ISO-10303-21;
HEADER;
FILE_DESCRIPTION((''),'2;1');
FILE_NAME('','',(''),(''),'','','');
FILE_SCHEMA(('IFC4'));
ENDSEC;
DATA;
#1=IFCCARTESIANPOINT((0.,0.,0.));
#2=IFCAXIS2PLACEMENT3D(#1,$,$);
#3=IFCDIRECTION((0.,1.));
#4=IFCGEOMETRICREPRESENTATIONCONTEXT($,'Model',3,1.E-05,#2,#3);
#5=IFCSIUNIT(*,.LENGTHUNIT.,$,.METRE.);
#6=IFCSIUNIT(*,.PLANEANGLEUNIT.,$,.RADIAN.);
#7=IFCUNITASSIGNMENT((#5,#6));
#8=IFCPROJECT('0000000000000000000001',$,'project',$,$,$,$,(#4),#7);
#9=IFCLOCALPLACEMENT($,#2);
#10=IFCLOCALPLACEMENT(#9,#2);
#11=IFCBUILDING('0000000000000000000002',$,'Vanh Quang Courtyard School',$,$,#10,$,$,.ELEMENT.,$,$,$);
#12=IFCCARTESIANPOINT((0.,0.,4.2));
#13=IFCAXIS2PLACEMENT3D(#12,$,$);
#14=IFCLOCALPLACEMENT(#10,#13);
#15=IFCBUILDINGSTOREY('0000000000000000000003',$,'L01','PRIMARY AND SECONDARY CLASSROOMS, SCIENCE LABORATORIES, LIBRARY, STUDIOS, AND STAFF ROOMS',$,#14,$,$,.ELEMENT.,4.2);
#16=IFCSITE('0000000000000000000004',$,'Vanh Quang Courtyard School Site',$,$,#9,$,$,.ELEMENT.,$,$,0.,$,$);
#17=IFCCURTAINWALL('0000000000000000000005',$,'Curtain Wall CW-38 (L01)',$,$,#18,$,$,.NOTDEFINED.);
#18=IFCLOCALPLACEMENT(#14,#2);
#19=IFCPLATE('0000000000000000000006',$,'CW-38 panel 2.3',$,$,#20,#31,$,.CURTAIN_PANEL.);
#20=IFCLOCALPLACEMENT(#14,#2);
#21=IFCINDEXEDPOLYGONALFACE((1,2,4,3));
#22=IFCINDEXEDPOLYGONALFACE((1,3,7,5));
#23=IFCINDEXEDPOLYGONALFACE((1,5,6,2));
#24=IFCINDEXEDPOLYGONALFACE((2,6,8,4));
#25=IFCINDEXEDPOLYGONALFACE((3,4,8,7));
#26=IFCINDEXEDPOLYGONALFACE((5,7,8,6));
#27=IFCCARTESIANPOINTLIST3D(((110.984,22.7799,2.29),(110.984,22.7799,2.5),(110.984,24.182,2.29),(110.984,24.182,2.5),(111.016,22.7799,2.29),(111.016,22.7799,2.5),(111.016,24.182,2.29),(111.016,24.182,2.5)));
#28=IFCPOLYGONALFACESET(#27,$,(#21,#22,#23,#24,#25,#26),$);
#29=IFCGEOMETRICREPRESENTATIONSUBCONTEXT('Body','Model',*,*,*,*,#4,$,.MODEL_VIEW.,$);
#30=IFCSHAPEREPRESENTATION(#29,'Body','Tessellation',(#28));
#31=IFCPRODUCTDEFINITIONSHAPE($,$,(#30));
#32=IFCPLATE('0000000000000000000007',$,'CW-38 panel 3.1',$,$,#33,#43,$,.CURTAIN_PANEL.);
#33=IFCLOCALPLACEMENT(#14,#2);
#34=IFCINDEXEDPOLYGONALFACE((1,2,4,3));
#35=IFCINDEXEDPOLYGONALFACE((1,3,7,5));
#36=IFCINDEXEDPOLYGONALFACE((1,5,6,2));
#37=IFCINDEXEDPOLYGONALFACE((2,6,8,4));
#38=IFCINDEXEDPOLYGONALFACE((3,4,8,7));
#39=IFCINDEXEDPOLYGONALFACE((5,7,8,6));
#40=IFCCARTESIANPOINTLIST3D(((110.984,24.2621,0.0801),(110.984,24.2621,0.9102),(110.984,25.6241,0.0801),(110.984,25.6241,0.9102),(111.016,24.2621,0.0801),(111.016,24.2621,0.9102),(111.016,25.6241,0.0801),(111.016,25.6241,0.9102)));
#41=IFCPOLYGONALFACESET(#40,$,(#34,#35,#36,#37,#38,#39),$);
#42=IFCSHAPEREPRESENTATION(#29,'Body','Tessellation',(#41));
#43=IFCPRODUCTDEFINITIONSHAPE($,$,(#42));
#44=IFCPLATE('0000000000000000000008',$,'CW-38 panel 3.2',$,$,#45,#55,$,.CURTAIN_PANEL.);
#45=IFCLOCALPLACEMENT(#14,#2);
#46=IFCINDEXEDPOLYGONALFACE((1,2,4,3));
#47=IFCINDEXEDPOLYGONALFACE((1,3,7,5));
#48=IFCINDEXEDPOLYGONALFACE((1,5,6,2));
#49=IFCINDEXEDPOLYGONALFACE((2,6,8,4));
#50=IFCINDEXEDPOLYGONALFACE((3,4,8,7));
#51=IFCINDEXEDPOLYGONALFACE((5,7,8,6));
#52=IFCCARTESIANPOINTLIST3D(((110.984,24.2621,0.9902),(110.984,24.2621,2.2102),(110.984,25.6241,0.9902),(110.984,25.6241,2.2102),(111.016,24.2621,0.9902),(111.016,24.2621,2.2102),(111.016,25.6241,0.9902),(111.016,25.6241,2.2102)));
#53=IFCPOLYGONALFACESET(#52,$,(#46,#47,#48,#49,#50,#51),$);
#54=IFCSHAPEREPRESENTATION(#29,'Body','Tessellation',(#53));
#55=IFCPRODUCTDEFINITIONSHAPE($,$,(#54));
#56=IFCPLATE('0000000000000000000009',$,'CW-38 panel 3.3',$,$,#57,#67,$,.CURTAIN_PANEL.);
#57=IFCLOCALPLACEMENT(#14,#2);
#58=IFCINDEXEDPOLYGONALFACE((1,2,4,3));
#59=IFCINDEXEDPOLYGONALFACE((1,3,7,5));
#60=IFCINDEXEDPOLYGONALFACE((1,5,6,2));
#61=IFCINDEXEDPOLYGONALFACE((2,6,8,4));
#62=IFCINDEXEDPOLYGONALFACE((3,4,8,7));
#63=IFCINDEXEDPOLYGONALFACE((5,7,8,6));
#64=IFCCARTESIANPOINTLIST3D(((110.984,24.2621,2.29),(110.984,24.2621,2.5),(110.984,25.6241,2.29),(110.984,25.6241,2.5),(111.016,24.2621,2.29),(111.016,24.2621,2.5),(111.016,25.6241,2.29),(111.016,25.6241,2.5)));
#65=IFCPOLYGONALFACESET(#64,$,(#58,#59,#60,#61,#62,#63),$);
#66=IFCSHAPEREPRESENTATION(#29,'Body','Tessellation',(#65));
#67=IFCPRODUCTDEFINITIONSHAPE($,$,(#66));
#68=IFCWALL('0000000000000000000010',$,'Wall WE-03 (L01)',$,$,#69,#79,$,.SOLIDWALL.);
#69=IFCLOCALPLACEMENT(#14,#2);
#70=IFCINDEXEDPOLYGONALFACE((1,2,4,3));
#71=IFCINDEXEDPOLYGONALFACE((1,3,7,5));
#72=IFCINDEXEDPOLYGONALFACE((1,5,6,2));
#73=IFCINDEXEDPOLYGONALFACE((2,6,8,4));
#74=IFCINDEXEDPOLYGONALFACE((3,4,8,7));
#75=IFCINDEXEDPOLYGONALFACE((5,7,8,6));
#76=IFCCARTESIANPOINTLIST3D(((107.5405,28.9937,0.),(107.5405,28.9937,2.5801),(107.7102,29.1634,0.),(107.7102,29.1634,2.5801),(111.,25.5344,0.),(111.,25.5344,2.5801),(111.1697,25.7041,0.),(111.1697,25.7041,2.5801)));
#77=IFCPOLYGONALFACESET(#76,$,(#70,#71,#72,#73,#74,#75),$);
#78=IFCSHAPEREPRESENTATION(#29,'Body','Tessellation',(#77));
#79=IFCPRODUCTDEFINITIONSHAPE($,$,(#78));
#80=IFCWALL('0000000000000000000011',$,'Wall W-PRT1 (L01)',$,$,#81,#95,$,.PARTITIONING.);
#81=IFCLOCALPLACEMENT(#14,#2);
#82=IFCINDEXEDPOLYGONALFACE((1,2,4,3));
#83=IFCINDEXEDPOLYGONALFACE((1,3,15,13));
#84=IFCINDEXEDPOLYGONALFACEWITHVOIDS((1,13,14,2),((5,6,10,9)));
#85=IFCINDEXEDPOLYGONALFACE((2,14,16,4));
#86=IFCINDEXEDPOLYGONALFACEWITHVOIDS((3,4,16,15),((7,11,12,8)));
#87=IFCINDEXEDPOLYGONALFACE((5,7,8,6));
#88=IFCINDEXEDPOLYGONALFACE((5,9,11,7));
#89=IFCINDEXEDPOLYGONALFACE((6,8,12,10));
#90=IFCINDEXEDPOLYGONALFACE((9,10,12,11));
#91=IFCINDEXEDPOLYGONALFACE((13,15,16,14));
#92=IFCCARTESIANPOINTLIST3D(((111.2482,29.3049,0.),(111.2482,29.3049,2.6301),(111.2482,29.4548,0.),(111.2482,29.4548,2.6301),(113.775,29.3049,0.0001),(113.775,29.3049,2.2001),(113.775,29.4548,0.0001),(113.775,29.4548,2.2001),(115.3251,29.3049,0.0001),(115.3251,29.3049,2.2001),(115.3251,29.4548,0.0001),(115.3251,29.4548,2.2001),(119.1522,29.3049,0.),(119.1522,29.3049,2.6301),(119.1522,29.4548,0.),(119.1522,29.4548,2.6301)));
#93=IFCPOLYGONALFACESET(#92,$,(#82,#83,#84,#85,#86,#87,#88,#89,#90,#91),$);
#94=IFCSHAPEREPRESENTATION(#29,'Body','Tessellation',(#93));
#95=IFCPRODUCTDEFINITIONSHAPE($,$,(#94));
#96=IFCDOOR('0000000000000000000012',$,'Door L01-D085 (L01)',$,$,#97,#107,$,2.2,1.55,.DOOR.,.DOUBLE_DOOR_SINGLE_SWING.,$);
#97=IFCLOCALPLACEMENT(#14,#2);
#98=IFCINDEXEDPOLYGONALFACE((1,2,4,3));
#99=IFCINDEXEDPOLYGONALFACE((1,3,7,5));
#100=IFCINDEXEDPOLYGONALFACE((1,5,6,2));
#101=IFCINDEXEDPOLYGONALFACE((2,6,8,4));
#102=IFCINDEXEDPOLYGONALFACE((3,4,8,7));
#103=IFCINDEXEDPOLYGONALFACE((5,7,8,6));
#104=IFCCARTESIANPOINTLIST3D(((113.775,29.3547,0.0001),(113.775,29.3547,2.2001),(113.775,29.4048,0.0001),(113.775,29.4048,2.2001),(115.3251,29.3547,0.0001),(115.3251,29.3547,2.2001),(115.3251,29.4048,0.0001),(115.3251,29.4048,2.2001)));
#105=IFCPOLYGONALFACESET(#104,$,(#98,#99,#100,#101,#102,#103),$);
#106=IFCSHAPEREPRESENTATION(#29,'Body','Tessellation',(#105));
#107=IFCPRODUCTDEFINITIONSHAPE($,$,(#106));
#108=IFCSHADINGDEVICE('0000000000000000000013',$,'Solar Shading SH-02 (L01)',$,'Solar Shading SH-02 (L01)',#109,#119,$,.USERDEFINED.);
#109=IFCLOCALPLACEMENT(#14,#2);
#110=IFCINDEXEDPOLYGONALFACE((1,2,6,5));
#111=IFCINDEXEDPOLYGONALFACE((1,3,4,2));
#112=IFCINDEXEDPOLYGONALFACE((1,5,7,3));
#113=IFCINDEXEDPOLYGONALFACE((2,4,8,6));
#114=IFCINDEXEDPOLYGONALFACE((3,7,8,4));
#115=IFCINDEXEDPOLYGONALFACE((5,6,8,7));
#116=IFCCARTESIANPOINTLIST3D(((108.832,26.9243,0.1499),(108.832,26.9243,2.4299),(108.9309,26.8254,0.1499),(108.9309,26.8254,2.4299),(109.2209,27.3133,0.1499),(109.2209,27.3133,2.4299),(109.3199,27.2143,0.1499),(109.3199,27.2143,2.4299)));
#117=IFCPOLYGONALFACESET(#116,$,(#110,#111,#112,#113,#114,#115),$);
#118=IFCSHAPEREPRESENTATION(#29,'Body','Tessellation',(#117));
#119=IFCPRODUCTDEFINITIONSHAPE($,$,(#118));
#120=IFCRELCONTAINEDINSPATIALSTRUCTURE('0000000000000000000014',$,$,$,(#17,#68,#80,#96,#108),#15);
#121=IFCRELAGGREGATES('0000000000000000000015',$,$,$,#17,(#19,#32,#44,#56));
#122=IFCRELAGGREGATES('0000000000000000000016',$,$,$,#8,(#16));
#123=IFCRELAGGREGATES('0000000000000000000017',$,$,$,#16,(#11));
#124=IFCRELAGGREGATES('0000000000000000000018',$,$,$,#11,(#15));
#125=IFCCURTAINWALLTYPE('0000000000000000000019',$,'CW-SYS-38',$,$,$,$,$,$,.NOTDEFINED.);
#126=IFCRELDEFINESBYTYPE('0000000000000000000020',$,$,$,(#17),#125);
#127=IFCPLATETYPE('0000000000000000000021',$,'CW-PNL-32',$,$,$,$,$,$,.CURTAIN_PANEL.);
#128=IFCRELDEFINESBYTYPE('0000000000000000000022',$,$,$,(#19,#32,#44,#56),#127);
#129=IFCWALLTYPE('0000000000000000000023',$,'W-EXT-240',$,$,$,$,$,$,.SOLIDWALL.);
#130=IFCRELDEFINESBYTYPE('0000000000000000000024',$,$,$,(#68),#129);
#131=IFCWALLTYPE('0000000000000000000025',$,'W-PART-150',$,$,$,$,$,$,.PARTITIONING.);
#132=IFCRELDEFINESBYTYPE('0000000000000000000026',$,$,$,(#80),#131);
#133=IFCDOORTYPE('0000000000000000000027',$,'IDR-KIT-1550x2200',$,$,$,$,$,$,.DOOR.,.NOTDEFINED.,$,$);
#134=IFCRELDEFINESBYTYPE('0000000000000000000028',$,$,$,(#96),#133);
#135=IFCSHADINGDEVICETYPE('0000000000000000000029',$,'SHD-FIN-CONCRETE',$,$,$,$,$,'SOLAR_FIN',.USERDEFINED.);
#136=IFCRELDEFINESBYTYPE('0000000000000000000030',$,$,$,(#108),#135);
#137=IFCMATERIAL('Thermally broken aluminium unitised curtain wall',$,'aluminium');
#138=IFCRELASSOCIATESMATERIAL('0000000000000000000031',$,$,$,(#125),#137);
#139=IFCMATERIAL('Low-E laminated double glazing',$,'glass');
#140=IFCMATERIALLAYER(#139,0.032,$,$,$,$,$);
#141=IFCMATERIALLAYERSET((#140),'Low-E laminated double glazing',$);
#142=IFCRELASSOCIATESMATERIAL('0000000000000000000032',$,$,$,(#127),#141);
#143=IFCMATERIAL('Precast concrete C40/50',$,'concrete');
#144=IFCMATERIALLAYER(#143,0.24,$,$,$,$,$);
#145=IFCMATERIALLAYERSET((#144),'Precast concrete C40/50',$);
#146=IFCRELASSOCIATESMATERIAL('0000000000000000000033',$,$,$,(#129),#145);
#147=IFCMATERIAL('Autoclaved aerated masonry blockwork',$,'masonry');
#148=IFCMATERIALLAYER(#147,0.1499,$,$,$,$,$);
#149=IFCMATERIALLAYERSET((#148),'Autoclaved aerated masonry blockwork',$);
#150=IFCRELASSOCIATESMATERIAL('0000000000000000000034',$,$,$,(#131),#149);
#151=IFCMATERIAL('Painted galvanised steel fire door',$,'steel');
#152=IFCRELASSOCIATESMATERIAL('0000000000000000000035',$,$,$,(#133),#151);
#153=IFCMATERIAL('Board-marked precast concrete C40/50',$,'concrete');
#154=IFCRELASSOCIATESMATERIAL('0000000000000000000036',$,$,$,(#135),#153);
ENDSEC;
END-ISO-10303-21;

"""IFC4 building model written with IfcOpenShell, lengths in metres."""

from ifc_helpers import new_model, si_unit, direction, frame, frame_2d, origin, origin_2d, place, context, subcontext, project, spatial, rectangle, extrude, material, layer, layer_set, type_object, element, fill, aggregate, save


model = new_model("IFC4")

# Units and contexts
model_context = context("Model", 3, precision=1e-05, world=origin(), true_north=direction((0.0, 1.0)))
body_context = subcontext(model_context, "Body", "Model", "MODEL_VIEW")
ifc_project = project(units=[si_unit("LENGTHUNIT", "METRE"), si_unit("PLANEANGLEUNIT", "RADIAN")], contexts=[model_context])

# Site, building, storey
site_placement = place(None, origin())
site = spatial("IfcSite", under=ifc_project, at=site_placement, Name="Vanh Quang Courtyard School Site", CompositionType="ELEMENT", RefElevation=0.0)
building_placement = place(site_placement, origin())
building = spatial("IfcBuilding", under=site, at=building_placement, Name="Vanh Quang Courtyard School", CompositionType="ELEMENT")
storey_placement = place(building_placement, frame((0.0, 0.0, 4.2)))
storey = spatial("IfcBuildingStorey", under=building, at=storey_placement, Name="L01", Description="PRIMARY AND SECONDARY CLASSROOMS, SCIENCE LABORATORIES, LIBRARY, STUDIOS, AND STAFF ROOMS", CompositionType="ELEMENT", Elevation=4.2)

# Curtain wall
ifc_material_1 = material(Name="Thermally broken aluminium unitised curtain wall", Category="aluminium")
curtain_wall_type = type_object("IfcCurtainWallType", Name="CW-SYS-38", PredefinedType="NOTDEFINED", material=ifc_material_1)
curtain_wall_placement = place(storey_placement, origin())
curtain_wall = element("IfcCurtainWall", 1, at=curtain_wall_placement, inside=storey, type_object=curtain_wall_type, Name="Curtain Wall CW-38 (L01)", PredefinedType="NOTDEFINED")

# Plates
ifc_material_2 = material(Name="Low-E laminated double glazing", Category="glass")
ifc_layer_1 = layer(ifc_material_2, 0.032)
ifc_layer_set_1 = layer_set([ifc_layer_1], Name="Low-E laminated double glazing")
plate_type = type_object("IfcPlateType", Name="CW-PNL-32", PredefinedType="CURTAIN_PANEL", material=ifc_layer_set_1)
plate_1_placement = place(storey_placement, frame((111.0, 23.481, 2.29), z_axis=(0.0, 0.0, 1.0), x_axis=(0.0, 1.0, 0.0)))
plate_1 = element("IfcPlate", 2, at=plate_1_placement, type_object=plate_type, Name="CW-38 panel 2.3", PredefinedType="CURTAIN_PANEL", context=body_context, shape_type="SweptSolid", body=[
    extrude(rectangle(XDim=1.4021, YDim=0.032, at=origin_2d()), origin(), (0.0, 0.0, 1.0), 0.21),
])
plate_2_placement = place(storey_placement, frame((111.0, 24.9431, 0.0801), z_axis=(0.0, 0.0, 1.0), x_axis=(0.0, 1.0, 0.0)))
plate_2 = element("IfcPlate", 3, at=plate_2_placement, type_object=plate_type, Name="CW-38 panel 3.1", PredefinedType="CURTAIN_PANEL", context=body_context, shape_type="SweptSolid", body=[
    extrude(rectangle(XDim=1.3621, YDim=0.032, at=origin_2d()), origin(), (0.0, 0.0, 1.0), 0.8301),
])
plate_3_placement = place(storey_placement, frame((111.0, 24.9431, 0.9902), z_axis=(0.0, 0.0, 1.0), x_axis=(0.0, 1.0, 0.0)))
plate_3 = element("IfcPlate", 4, at=plate_3_placement, type_object=plate_type, Name="CW-38 panel 3.2", PredefinedType="CURTAIN_PANEL", context=body_context, shape_type="SweptSolid", body=[
    extrude(rectangle(XDim=1.3621, YDim=0.032, at=origin_2d()), origin(), (0.0, 0.0, 1.0), 1.22),
])
plate_4_placement = place(storey_placement, frame((111.0, 24.9431, 2.29), z_axis=(0.0, 0.0, 1.0), x_axis=(0.0, 1.0, 0.0)))
plate_4 = element("IfcPlate", 5, at=plate_4_placement, type_object=plate_type, Name="CW-38 panel 3.3", PredefinedType="CURTAIN_PANEL", context=body_context, shape_type="SweptSolid", body=[
    extrude(rectangle(XDim=1.3621, YDim=0.032, at=origin_2d()), origin(), (0.0, 0.0, 1.0), 0.21),
])
aggregate(curtain_wall, [plate_1, plate_2, plate_3, plate_4])

# Wall
ifc_material_3 = material(Name="Precast concrete C40/50", Category="concrete")
ifc_layer_2 = layer(ifc_material_3, 0.24)
ifc_layer_set_2 = layer_set([ifc_layer_2], Name="Precast concrete C40/50")
wall_type_1 = type_object("IfcWallType", Name="W-EXT-240", PredefinedType="SOLIDWALL", material=ifc_layer_set_2)
wall_1_placement = place(storey_placement, frame((111.085, 25.6191, 0.0), z_axis=(0.0, 0.0, 1.0), x_axis=(-0.707132, 0.707082, 0.0)))
element("IfcWall", 6, at=wall_1_placement, inside=storey, type_object=wall_type_1, Name="Wall WE-03 (L01)", PredefinedType="SOLIDWALL", context=body_context, shape_type="SweptSolid", body=[
    extrude(rectangle(XDim=4.8923, YDim=0.24, at=frame_2d((2.4463, 0.0))), origin(), (0.0, 0.0, 1.0), 2.5801),
])

# Wall, opening, door
ifc_material_4 = material(Name="Autoclaved aerated masonry blockwork", Category="masonry")
ifc_layer_3 = layer(ifc_material_4, 0.1499)
ifc_layer_set_3 = layer_set([ifc_layer_3], Name="Autoclaved aerated masonry blockwork")
wall_type_2 = type_object("IfcWallType", Name="W-PART-150", PredefinedType="PARTITIONING", material=ifc_layer_set_3)
wall_2_placement = place(storey_placement, frame((111.248, 29.3799, 0.0), z_axis=(0.0, 0.0, 1.0), x_axis=(1.0, 0.0, 0.0)))
wall_2 = element("IfcWall", 7, at=wall_2_placement, inside=storey, type_object=wall_type_2, Name="Wall W-PRT1 (L01)", PredefinedType="PARTITIONING", context=body_context, shape_type="SweptSolid", body=[
    extrude(rectangle(XDim=7.9041, YDim=0.1499, at=frame_2d((3.9521, 0.0))), origin(), (0.0, 0.0, 1.0), 2.6301),
])
opening_placement = place(wall_2_placement, frame((2.5271, 0.0, 0.0)))
opening = element("IfcOpeningElement", 8, at=opening_placement, cuts=wall_2, PredefinedType="OPENING", context=body_context, shape_type="SweptSolid", body=[
    extrude(rectangle(XDim=1.55, YDim=2.2, at=frame_2d((0.7749, 1.1001))), frame((0.0, 0.085, 0.0), z_axis=(0.0, -1.0, 0.0), x_axis=(1.0, 0.0, 0.0)), (0.0, 0.0, 1.0), 0.1699),
])
ifc_material_5 = material(Name="Painted galvanised steel fire door", Category="steel")
door_type = type_object("IfcDoorType", Name="IDR-KIT-1550x2200", OperationType="NOTDEFINED", PredefinedType="DOOR", material=ifc_material_5)
door_placement = place(opening_placement, origin())
door = element("IfcDoor", 9, at=door_placement, inside=storey, type_object=door_type, Name="Door L01-D085 (L01)", OperationType="DOUBLE_DOOR_SINGLE_SWING", OverallHeight=2.2, OverallWidth=1.55, PredefinedType="DOOR", context=body_context, shape_type="SweptSolid", body=[
    extrude(rectangle(XDim=1.55, YDim=2.2, at=frame_2d((0.7749, 1.1001))), frame((0.0, 0.0249, 0.0), z_axis=(0.0, -1.0, 0.0), x_axis=(1.0, 0.0, 0.0)), (0.0, 0.0, 1.0), 0.05),
])
fill(opening, door)

# Shading device
ifc_material_6 = material(Name="Board-marked precast concrete C40/50", Category="concrete")
shading_device_type = type_object("IfcShadingDeviceType", Name="SHD-FIN-CONCRETE", ElementType="SOLAR_FIN", PredefinedType="USERDEFINED", material=ifc_material_6)
shading_device_placement = place(storey_placement, frame((109.0759, 27.0693, 0.1499), z_axis=(0.0, 0.0, 1.0), x_axis=(-0.707107, 0.707107, 0.0)))
element("IfcShadingDevice", 10, at=shading_device_placement, inside=storey, type_object=shading_device_type, Name="Solar Shading SH-02 (L01)", ObjectType="Solar Shading SH-02 (L01)", PredefinedType="USERDEFINED", context=body_context, shape_type="SweptSolid", body=[
    extrude(rectangle(XDim=0.1399, YDim=0.55, at=origin_2d()), origin(), (0.0, 0.0, 1.0), 2.28),
])

save(model, "model.ifc")
